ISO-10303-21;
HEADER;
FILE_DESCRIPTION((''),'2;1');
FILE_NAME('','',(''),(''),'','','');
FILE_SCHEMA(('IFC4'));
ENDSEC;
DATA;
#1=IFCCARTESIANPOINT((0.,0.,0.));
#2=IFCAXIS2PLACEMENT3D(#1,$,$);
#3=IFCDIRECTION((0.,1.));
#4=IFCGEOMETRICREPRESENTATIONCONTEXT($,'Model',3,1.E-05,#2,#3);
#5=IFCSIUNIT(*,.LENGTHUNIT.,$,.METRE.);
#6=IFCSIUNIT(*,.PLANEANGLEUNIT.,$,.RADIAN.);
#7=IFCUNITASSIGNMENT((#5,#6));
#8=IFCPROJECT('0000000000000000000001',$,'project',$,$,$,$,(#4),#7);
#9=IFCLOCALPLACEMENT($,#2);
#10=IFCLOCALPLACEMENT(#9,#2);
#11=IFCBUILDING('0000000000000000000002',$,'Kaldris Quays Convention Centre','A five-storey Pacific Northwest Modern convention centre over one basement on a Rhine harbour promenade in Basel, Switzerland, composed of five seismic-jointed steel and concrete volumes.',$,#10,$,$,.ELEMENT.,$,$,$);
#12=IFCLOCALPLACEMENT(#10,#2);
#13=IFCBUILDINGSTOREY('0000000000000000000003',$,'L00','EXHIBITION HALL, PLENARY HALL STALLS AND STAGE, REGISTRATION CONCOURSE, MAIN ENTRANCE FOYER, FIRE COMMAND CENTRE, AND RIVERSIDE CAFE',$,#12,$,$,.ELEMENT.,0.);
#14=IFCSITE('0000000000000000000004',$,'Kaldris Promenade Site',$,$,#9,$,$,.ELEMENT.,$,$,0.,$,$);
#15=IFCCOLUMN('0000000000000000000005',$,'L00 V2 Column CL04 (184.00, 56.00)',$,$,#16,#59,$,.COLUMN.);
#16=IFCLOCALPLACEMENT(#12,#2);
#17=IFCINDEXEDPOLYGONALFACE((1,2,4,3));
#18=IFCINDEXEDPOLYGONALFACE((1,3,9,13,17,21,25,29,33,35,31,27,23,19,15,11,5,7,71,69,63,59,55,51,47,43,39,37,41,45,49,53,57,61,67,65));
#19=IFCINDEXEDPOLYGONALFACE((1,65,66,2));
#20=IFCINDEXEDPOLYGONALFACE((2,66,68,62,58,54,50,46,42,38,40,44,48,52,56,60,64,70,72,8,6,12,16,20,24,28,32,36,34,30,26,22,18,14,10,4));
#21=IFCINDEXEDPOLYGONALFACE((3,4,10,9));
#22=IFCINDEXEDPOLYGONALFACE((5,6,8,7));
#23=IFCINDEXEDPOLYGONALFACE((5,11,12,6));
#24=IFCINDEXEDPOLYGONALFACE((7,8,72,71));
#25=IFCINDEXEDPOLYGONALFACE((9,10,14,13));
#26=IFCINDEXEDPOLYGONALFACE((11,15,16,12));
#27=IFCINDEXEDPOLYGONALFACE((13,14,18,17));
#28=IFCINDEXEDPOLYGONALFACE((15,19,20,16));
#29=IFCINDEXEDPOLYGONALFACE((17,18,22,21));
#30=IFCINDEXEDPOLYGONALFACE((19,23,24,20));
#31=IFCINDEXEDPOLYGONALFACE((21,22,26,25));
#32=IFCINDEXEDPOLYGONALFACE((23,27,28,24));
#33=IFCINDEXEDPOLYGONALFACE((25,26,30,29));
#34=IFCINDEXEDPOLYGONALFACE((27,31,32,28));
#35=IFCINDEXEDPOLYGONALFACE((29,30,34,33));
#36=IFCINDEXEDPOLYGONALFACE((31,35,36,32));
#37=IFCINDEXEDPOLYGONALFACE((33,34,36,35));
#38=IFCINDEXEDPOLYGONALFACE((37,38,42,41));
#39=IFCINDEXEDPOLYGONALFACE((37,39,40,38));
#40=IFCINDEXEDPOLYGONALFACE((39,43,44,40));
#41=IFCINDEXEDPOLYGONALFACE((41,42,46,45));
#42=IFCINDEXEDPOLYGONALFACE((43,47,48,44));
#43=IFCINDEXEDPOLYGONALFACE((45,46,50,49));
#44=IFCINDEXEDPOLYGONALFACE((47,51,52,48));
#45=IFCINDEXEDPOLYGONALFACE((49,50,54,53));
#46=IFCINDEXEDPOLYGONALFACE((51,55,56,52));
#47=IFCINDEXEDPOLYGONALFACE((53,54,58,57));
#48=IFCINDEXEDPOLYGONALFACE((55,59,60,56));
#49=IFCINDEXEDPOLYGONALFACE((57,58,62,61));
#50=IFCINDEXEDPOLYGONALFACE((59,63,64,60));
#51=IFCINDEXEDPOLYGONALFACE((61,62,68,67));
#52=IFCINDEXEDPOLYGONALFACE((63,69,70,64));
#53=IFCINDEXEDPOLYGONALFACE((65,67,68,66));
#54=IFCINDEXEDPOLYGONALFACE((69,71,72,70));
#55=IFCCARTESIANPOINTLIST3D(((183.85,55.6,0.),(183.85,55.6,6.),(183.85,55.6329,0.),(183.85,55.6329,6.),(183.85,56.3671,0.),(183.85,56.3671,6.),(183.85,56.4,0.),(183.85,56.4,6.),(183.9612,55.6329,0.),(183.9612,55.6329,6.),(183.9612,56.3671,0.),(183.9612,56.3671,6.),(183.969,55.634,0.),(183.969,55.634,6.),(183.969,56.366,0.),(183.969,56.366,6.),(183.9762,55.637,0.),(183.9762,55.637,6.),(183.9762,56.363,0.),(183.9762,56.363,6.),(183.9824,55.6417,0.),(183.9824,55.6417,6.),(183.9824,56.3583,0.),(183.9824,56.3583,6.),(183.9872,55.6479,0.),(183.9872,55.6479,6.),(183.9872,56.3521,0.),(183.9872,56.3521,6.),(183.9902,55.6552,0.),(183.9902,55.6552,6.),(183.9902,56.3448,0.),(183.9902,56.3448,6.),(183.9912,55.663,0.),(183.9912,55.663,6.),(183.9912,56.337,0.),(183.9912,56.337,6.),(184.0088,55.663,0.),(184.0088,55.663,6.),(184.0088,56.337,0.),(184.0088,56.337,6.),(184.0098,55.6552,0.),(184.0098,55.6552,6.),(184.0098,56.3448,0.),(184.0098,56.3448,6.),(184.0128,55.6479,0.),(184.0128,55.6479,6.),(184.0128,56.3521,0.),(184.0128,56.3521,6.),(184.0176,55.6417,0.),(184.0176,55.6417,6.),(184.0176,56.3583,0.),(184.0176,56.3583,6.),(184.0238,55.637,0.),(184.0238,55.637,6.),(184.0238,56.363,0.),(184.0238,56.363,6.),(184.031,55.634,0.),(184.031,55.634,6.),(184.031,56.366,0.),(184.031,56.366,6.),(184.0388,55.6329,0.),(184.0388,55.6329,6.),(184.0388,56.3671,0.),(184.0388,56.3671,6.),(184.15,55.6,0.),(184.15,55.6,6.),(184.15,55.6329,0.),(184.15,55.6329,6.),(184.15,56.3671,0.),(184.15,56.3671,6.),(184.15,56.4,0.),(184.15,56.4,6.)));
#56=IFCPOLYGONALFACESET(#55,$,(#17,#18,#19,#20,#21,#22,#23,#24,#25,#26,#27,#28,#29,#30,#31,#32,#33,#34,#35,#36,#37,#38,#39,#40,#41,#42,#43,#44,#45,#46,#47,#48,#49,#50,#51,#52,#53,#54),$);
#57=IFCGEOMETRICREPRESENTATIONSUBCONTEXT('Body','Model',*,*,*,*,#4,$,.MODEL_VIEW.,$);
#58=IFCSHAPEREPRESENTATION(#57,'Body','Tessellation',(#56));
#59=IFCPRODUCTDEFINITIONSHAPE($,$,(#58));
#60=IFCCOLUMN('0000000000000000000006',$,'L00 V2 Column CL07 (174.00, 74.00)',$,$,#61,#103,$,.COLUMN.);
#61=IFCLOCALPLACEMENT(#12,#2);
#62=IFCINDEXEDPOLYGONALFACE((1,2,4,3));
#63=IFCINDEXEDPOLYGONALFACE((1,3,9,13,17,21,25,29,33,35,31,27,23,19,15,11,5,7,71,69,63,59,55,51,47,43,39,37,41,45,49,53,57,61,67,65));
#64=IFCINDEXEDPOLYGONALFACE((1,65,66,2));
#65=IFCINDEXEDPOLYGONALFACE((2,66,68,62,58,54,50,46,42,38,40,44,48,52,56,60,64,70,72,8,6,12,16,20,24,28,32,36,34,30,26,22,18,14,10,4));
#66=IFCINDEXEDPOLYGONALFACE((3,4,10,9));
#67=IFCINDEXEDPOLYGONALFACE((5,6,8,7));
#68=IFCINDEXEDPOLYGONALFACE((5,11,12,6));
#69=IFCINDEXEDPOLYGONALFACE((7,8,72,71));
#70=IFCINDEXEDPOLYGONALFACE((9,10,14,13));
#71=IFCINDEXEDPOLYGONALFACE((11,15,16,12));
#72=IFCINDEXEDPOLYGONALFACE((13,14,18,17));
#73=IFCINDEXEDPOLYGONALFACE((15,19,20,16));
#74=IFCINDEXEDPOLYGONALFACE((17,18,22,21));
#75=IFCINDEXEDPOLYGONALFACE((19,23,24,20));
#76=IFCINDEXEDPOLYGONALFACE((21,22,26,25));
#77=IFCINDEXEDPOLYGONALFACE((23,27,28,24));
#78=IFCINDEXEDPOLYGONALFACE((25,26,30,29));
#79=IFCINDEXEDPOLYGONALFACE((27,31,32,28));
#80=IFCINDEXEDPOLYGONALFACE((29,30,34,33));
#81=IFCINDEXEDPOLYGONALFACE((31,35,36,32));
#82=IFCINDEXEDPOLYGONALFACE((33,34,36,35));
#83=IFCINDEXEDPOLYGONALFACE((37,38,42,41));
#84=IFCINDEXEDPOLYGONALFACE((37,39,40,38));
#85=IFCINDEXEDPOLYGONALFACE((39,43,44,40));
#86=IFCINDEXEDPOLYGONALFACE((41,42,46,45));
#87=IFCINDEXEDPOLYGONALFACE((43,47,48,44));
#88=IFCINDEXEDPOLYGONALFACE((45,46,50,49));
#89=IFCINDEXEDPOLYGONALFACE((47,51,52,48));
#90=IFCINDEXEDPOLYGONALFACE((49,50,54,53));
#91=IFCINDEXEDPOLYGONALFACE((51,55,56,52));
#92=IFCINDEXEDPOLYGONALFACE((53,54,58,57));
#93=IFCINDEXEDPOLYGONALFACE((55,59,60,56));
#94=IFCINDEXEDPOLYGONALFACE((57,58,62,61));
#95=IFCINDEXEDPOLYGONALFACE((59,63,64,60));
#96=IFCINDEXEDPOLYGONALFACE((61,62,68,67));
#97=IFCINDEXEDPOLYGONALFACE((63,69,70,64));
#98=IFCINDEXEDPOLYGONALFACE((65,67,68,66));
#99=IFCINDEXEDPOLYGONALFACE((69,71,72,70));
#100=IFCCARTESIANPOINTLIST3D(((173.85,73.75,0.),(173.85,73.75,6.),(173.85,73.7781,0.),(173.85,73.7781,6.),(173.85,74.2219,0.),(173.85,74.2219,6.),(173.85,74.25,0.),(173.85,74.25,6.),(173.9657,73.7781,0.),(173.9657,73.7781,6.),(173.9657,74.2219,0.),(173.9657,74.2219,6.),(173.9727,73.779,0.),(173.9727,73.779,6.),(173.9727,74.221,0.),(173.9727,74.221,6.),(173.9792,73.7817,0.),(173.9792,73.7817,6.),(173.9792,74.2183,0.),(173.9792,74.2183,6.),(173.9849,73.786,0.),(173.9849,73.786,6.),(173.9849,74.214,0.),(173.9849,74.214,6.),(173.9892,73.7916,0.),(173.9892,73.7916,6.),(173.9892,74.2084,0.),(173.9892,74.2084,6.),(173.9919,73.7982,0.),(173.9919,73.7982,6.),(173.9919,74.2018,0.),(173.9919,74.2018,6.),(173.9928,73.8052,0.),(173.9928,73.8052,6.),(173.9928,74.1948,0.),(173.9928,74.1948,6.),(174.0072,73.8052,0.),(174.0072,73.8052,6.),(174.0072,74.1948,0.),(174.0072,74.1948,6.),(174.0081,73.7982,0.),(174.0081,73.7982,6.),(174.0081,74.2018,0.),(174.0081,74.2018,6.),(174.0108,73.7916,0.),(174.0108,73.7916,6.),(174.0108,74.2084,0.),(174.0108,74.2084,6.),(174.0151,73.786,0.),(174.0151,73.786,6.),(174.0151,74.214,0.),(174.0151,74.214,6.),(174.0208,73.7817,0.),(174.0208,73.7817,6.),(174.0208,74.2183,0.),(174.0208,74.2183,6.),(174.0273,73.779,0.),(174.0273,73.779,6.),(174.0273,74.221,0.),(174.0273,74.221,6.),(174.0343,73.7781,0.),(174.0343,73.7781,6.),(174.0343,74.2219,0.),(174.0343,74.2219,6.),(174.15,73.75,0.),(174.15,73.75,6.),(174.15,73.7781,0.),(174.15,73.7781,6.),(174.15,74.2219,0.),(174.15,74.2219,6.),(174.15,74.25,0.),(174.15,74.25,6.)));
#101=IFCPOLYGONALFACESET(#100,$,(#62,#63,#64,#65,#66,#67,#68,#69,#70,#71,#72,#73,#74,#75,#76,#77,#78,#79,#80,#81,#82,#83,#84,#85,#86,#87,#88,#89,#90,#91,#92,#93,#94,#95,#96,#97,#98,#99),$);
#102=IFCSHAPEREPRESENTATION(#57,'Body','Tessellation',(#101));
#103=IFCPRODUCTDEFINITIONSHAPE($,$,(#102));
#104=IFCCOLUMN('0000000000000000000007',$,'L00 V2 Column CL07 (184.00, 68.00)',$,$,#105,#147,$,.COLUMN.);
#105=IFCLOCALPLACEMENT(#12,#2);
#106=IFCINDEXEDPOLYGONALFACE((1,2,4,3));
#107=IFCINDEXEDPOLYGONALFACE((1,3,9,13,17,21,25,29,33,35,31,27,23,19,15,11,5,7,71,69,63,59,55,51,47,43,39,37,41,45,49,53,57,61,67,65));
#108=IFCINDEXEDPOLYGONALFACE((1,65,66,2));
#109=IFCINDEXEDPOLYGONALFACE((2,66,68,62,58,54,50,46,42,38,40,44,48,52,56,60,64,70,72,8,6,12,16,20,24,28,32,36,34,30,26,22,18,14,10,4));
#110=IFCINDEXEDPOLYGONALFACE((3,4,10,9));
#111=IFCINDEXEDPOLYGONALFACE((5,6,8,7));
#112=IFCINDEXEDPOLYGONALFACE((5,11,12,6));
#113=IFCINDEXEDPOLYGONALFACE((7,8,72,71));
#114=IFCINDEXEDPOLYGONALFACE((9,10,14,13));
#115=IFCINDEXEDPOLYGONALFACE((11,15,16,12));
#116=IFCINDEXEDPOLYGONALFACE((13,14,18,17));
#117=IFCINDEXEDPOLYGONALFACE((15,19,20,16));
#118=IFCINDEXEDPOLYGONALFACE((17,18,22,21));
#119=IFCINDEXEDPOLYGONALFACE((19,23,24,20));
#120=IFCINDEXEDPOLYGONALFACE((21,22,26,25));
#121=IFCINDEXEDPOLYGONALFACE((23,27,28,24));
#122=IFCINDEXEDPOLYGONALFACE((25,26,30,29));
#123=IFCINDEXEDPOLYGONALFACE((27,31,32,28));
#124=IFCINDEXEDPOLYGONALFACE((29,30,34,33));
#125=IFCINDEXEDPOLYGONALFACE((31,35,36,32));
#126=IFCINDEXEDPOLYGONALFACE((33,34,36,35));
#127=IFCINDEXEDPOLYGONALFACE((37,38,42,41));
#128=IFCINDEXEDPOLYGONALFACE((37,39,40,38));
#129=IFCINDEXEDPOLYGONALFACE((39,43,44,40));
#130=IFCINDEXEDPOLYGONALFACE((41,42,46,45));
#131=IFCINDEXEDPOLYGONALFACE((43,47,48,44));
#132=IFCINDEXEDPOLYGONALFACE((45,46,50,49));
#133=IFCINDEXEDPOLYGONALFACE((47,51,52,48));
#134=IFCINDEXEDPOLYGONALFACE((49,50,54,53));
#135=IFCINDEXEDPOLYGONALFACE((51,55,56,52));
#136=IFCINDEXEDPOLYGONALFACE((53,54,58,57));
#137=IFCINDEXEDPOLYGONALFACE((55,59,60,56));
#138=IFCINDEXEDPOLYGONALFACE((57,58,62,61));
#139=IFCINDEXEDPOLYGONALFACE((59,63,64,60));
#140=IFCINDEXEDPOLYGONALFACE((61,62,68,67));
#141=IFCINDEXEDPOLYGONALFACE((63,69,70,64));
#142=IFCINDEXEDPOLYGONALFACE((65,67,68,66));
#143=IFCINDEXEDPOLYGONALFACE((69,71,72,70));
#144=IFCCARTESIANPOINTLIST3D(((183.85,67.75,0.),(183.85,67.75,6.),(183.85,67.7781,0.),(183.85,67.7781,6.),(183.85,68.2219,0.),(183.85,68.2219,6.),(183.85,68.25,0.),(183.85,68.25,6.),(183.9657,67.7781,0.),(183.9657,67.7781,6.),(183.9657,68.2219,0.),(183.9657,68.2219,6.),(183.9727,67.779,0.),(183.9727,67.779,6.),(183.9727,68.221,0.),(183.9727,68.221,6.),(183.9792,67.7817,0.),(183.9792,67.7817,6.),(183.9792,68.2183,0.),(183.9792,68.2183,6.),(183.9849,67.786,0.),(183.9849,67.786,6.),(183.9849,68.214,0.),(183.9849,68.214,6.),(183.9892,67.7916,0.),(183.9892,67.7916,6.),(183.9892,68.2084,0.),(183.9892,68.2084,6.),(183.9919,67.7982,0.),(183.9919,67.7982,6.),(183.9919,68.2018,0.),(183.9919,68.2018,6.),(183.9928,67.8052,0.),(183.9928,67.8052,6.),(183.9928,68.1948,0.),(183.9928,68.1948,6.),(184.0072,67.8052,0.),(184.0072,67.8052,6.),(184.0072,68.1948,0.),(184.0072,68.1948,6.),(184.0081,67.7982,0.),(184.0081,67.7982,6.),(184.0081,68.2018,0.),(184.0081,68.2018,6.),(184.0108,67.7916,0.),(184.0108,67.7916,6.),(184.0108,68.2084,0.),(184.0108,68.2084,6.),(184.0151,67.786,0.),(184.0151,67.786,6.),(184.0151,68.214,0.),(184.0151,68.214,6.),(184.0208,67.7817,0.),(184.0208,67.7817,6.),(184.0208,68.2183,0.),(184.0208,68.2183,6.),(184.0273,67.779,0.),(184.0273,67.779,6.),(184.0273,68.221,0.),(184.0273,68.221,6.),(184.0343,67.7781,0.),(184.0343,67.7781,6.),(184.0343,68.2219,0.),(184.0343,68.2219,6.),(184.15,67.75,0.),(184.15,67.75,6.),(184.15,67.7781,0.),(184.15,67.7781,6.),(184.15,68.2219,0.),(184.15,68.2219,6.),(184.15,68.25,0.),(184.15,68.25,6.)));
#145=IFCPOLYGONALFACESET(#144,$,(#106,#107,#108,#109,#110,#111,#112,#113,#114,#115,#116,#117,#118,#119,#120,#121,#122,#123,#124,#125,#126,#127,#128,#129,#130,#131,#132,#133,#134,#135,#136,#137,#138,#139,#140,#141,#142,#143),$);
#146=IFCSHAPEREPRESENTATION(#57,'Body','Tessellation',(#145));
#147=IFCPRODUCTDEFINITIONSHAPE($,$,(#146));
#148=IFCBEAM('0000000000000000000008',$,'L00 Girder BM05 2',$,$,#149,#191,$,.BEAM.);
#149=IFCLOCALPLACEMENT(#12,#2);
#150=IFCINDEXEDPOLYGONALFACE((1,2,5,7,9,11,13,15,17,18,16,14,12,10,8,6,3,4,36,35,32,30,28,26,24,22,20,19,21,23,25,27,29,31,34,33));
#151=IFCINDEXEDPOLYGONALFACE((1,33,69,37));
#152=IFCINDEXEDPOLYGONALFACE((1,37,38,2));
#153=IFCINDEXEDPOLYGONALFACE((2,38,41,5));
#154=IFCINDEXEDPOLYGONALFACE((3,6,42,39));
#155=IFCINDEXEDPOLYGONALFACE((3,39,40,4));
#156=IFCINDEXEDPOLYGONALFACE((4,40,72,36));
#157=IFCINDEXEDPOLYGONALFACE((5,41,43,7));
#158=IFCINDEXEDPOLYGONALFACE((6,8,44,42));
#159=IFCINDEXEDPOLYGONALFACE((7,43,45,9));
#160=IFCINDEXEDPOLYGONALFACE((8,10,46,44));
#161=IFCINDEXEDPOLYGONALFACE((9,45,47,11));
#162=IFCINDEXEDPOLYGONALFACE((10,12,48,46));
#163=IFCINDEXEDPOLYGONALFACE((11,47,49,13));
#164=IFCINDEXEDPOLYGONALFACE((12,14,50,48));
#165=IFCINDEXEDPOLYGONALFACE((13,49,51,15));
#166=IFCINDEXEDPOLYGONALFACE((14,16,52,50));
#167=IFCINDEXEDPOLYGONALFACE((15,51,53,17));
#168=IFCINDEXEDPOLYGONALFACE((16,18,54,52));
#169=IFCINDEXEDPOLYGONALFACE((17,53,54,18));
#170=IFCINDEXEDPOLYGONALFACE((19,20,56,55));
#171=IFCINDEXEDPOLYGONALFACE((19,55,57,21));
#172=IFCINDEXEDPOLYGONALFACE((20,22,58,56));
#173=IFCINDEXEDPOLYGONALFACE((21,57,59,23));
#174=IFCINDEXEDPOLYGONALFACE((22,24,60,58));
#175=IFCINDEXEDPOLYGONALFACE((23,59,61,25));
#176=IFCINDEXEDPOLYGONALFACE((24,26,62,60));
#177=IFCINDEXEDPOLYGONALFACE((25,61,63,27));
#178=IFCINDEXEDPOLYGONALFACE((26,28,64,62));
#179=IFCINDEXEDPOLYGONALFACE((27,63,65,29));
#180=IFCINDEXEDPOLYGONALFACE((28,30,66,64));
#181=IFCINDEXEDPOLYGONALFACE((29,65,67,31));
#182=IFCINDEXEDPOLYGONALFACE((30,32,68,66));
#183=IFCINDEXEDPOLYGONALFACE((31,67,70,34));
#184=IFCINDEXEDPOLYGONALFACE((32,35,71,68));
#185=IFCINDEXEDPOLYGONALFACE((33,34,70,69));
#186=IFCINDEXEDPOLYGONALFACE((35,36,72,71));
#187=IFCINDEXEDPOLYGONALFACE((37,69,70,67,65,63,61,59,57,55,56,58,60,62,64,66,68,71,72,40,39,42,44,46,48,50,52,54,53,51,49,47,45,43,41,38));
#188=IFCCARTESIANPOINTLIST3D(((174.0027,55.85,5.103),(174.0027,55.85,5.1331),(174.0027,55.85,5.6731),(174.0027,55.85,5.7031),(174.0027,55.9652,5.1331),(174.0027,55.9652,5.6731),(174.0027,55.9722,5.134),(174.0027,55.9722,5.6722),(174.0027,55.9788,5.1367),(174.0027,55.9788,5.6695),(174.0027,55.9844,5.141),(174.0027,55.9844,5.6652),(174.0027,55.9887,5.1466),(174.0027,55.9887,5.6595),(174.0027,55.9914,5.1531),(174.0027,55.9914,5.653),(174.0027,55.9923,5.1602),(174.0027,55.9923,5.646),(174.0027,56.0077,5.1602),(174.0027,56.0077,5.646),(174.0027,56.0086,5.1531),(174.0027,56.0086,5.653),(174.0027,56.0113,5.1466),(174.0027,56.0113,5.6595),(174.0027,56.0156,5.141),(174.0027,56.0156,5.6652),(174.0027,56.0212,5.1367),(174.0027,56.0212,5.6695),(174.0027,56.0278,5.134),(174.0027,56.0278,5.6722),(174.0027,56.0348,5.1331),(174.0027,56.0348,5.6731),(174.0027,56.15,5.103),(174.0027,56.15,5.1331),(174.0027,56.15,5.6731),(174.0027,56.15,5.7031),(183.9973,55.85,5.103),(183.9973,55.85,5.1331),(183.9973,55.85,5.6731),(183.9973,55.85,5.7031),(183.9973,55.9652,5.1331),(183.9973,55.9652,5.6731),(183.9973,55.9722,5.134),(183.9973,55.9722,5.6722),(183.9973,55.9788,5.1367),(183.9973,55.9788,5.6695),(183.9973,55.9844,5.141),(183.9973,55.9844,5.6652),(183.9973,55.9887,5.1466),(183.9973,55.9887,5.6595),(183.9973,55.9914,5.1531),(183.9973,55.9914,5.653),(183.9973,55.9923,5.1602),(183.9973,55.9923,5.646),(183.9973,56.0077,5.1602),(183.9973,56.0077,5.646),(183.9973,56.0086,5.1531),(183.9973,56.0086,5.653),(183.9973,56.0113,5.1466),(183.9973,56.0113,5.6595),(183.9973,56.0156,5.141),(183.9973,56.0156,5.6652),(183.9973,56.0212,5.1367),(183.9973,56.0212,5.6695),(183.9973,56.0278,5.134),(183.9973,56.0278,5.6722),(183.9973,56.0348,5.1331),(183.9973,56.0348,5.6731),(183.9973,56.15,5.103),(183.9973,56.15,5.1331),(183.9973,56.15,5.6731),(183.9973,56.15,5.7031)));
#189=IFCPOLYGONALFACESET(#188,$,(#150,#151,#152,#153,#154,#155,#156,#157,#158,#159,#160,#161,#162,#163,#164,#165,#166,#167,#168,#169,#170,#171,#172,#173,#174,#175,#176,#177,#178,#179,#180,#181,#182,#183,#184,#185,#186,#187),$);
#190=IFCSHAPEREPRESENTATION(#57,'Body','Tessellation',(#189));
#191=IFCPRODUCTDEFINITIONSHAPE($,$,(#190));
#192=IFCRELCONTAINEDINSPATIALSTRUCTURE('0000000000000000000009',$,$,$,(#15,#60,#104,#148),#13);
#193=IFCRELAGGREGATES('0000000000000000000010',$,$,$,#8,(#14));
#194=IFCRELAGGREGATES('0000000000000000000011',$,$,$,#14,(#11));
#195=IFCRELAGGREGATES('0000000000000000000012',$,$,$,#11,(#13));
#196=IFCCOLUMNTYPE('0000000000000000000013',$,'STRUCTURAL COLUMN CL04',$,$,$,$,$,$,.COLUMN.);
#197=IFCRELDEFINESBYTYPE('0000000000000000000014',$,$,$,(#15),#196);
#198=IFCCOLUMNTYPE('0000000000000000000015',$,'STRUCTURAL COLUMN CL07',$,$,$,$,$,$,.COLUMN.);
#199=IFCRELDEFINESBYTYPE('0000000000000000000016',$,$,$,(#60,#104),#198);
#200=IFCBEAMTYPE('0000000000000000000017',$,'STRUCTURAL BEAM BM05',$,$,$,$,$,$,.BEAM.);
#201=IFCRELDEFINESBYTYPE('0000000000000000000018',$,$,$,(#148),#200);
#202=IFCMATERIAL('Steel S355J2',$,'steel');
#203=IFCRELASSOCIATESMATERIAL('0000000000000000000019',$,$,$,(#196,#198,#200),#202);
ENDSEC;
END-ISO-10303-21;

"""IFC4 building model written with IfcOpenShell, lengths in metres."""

from ifc_helpers import new_model, si_unit, direction, frame, origin, origin_2d, place, context, subcontext, project, spatial, i_section, extrude, material, material_profile, profile_set, type_object, element, save


model = new_model("IFC4")

# Units and contexts
model_context = context("Model", 3, precision=1e-05, world=origin(), true_north=direction((0.0, 1.0)))
body_context = subcontext(model_context, "Body", "Model", "MODEL_VIEW")
ifc_project = project(units=[si_unit("LENGTHUNIT", "METRE"), si_unit("PLANEANGLEUNIT", "RADIAN")], contexts=[model_context])

# Site, building, storey
site_placement = place(None, origin())
site = spatial("IfcSite", under=ifc_project, at=site_placement, Name="Kaldris Promenade Site", CompositionType="ELEMENT", RefElevation=0.0)
building_placement = place(site_placement, origin())
building = spatial("IfcBuilding", under=site, at=building_placement, Name="Kaldris Quays Convention Centre", Description="A five-storey Pacific Northwest Modern convention centre over one basement on a Rhine harbour promenade in Basel, Switzerland, composed of five seismic-jointed steel and concrete volumes.", CompositionType="ELEMENT")
storey_placement = place(building_placement, origin())
storey = spatial("IfcBuildingStorey", under=building, at=storey_placement, Name="L00", Description="EXHIBITION HALL, PLENARY HALL STALLS AND STAGE, REGISTRATION CONCOURSE, MAIN ENTRANCE FOYER, FIRE COMMAND CENTRE, AND RIVERSIDE CAFE", CompositionType="ELEMENT", Elevation=0.0)

# Columns
ifc_material_1 = material(Name="Steel S355J2", Category="steel")
ifc_material_profile_1 = material_profile(ifc_material_1, i_section(OverallWidth=0.3, OverallDepth=0.8, WebThickness=0.0176, FlangeThickness=0.033, FilletRadius=0.03, at=origin_2d()), Name="HEB 800")
ifc_profile_set_1 = profile_set([ifc_material_profile_1], Name="Steel S355J2")
column_type_1 = type_object("IfcColumnType", Name="STRUCTURAL COLUMN CL04", PredefinedType="COLUMN", material=ifc_profile_set_1)
column_placement = place(storey_placement, frame((184.0, 56.0, 0.0), z_axis=(0.0, 0.0, 1.0), x_axis=(1.0, 0.0, 0.0)))
element("IfcColumn", 1, at=column_placement, inside=storey, type_object=column_type_1, Name="L00 V2 Column CL04 (184.00, 56.00)", PredefinedType="COLUMN", context=body_context, shape_type="SweptSolid", body=[
    extrude(i_section(OverallWidth=0.3, OverallDepth=0.8, WebThickness=0.0176, FlangeThickness=0.033, FilletRadius=0.03, at=origin_2d()), origin(), (0.0, 0.0, 1.0), 6.0),
])
ifc_material_profile_2 = material_profile(ifc_material_1, i_section(OverallWidth=0.3, OverallDepth=0.5, WebThickness=0.0144, FlangeThickness=0.0281, FilletRadius=0.0271, at=origin_2d()), Name="HEB 500")
ifc_profile_set_2 = profile_set([ifc_material_profile_2], Name="Steel S355J2")
column_type_2 = type_object("IfcColumnType", Name="STRUCTURAL COLUMN CL07", PredefinedType="COLUMN", material=ifc_profile_set_2)
for number, where, z_axis, x_axis, name in (
    (2, (174.0, 74.0, 0.0), (0.0, 0.0, 1.0), (1.0, 0.0, 0.0), "L00 V2 Column CL07 (174.00, 74.00)"),
    (3, (184.0, 68.0, 0.0), (0.0, 0.0, 1.0), (1.0, 0.0, 0.0), "L00 V2 Column CL07 (184.00, 68.00)"),
):
    element("IfcColumn", number, at=place(storey_placement, frame(where, z_axis=z_axis, x_axis=x_axis)), inside=storey, type_object=column_type_2, Name=name, PredefinedType="COLUMN", context=body_context, shape_type="SweptSolid", body=[
        extrude(i_section(OverallWidth=0.3, OverallDepth=0.5, WebThickness=0.0144, FlangeThickness=0.0281, FilletRadius=0.0271, at=origin_2d()), origin(), (0.0, 0.0, 1.0), 6.0),
    ])

# Beam
ifc_material_profile_3 = material_profile(ifc_material_1, i_section(OverallWidth=0.3, OverallDepth=0.6001, WebThickness=0.0154, FlangeThickness=0.03, FilletRadius=0.0271, at=origin_2d()), Name="HEB 600")
ifc_profile_set_3 = profile_set([ifc_material_profile_3], Name="Steel S355J2")
beam_type_1 = type_object("IfcBeamType", Name="STRUCTURAL BEAM BM05", PredefinedType="BEAM", material=ifc_profile_set_3)
beam_1_placement = place(storey_placement, frame((174.0027, 56.0, 5.4031), z_axis=(1.0, 0.0, 0.0), x_axis=(0.0, 1.0, 0.0)))
element("IfcBeam", 4, at=beam_1_placement, inside=storey, type_object=beam_type_1, Name="L00 Girder BM05 2", PredefinedType="BEAM", context=body_context, shape_type="SweptSolid", body=[
    extrude(i_section(OverallWidth=0.3, OverallDepth=0.6001, WebThickness=0.0154, FlangeThickness=0.03, FilletRadius=0.0271, at=origin_2d()), origin(), (0.0, 0.0, 1.0), 9.9946),
])

save(model, "model.ifc")
